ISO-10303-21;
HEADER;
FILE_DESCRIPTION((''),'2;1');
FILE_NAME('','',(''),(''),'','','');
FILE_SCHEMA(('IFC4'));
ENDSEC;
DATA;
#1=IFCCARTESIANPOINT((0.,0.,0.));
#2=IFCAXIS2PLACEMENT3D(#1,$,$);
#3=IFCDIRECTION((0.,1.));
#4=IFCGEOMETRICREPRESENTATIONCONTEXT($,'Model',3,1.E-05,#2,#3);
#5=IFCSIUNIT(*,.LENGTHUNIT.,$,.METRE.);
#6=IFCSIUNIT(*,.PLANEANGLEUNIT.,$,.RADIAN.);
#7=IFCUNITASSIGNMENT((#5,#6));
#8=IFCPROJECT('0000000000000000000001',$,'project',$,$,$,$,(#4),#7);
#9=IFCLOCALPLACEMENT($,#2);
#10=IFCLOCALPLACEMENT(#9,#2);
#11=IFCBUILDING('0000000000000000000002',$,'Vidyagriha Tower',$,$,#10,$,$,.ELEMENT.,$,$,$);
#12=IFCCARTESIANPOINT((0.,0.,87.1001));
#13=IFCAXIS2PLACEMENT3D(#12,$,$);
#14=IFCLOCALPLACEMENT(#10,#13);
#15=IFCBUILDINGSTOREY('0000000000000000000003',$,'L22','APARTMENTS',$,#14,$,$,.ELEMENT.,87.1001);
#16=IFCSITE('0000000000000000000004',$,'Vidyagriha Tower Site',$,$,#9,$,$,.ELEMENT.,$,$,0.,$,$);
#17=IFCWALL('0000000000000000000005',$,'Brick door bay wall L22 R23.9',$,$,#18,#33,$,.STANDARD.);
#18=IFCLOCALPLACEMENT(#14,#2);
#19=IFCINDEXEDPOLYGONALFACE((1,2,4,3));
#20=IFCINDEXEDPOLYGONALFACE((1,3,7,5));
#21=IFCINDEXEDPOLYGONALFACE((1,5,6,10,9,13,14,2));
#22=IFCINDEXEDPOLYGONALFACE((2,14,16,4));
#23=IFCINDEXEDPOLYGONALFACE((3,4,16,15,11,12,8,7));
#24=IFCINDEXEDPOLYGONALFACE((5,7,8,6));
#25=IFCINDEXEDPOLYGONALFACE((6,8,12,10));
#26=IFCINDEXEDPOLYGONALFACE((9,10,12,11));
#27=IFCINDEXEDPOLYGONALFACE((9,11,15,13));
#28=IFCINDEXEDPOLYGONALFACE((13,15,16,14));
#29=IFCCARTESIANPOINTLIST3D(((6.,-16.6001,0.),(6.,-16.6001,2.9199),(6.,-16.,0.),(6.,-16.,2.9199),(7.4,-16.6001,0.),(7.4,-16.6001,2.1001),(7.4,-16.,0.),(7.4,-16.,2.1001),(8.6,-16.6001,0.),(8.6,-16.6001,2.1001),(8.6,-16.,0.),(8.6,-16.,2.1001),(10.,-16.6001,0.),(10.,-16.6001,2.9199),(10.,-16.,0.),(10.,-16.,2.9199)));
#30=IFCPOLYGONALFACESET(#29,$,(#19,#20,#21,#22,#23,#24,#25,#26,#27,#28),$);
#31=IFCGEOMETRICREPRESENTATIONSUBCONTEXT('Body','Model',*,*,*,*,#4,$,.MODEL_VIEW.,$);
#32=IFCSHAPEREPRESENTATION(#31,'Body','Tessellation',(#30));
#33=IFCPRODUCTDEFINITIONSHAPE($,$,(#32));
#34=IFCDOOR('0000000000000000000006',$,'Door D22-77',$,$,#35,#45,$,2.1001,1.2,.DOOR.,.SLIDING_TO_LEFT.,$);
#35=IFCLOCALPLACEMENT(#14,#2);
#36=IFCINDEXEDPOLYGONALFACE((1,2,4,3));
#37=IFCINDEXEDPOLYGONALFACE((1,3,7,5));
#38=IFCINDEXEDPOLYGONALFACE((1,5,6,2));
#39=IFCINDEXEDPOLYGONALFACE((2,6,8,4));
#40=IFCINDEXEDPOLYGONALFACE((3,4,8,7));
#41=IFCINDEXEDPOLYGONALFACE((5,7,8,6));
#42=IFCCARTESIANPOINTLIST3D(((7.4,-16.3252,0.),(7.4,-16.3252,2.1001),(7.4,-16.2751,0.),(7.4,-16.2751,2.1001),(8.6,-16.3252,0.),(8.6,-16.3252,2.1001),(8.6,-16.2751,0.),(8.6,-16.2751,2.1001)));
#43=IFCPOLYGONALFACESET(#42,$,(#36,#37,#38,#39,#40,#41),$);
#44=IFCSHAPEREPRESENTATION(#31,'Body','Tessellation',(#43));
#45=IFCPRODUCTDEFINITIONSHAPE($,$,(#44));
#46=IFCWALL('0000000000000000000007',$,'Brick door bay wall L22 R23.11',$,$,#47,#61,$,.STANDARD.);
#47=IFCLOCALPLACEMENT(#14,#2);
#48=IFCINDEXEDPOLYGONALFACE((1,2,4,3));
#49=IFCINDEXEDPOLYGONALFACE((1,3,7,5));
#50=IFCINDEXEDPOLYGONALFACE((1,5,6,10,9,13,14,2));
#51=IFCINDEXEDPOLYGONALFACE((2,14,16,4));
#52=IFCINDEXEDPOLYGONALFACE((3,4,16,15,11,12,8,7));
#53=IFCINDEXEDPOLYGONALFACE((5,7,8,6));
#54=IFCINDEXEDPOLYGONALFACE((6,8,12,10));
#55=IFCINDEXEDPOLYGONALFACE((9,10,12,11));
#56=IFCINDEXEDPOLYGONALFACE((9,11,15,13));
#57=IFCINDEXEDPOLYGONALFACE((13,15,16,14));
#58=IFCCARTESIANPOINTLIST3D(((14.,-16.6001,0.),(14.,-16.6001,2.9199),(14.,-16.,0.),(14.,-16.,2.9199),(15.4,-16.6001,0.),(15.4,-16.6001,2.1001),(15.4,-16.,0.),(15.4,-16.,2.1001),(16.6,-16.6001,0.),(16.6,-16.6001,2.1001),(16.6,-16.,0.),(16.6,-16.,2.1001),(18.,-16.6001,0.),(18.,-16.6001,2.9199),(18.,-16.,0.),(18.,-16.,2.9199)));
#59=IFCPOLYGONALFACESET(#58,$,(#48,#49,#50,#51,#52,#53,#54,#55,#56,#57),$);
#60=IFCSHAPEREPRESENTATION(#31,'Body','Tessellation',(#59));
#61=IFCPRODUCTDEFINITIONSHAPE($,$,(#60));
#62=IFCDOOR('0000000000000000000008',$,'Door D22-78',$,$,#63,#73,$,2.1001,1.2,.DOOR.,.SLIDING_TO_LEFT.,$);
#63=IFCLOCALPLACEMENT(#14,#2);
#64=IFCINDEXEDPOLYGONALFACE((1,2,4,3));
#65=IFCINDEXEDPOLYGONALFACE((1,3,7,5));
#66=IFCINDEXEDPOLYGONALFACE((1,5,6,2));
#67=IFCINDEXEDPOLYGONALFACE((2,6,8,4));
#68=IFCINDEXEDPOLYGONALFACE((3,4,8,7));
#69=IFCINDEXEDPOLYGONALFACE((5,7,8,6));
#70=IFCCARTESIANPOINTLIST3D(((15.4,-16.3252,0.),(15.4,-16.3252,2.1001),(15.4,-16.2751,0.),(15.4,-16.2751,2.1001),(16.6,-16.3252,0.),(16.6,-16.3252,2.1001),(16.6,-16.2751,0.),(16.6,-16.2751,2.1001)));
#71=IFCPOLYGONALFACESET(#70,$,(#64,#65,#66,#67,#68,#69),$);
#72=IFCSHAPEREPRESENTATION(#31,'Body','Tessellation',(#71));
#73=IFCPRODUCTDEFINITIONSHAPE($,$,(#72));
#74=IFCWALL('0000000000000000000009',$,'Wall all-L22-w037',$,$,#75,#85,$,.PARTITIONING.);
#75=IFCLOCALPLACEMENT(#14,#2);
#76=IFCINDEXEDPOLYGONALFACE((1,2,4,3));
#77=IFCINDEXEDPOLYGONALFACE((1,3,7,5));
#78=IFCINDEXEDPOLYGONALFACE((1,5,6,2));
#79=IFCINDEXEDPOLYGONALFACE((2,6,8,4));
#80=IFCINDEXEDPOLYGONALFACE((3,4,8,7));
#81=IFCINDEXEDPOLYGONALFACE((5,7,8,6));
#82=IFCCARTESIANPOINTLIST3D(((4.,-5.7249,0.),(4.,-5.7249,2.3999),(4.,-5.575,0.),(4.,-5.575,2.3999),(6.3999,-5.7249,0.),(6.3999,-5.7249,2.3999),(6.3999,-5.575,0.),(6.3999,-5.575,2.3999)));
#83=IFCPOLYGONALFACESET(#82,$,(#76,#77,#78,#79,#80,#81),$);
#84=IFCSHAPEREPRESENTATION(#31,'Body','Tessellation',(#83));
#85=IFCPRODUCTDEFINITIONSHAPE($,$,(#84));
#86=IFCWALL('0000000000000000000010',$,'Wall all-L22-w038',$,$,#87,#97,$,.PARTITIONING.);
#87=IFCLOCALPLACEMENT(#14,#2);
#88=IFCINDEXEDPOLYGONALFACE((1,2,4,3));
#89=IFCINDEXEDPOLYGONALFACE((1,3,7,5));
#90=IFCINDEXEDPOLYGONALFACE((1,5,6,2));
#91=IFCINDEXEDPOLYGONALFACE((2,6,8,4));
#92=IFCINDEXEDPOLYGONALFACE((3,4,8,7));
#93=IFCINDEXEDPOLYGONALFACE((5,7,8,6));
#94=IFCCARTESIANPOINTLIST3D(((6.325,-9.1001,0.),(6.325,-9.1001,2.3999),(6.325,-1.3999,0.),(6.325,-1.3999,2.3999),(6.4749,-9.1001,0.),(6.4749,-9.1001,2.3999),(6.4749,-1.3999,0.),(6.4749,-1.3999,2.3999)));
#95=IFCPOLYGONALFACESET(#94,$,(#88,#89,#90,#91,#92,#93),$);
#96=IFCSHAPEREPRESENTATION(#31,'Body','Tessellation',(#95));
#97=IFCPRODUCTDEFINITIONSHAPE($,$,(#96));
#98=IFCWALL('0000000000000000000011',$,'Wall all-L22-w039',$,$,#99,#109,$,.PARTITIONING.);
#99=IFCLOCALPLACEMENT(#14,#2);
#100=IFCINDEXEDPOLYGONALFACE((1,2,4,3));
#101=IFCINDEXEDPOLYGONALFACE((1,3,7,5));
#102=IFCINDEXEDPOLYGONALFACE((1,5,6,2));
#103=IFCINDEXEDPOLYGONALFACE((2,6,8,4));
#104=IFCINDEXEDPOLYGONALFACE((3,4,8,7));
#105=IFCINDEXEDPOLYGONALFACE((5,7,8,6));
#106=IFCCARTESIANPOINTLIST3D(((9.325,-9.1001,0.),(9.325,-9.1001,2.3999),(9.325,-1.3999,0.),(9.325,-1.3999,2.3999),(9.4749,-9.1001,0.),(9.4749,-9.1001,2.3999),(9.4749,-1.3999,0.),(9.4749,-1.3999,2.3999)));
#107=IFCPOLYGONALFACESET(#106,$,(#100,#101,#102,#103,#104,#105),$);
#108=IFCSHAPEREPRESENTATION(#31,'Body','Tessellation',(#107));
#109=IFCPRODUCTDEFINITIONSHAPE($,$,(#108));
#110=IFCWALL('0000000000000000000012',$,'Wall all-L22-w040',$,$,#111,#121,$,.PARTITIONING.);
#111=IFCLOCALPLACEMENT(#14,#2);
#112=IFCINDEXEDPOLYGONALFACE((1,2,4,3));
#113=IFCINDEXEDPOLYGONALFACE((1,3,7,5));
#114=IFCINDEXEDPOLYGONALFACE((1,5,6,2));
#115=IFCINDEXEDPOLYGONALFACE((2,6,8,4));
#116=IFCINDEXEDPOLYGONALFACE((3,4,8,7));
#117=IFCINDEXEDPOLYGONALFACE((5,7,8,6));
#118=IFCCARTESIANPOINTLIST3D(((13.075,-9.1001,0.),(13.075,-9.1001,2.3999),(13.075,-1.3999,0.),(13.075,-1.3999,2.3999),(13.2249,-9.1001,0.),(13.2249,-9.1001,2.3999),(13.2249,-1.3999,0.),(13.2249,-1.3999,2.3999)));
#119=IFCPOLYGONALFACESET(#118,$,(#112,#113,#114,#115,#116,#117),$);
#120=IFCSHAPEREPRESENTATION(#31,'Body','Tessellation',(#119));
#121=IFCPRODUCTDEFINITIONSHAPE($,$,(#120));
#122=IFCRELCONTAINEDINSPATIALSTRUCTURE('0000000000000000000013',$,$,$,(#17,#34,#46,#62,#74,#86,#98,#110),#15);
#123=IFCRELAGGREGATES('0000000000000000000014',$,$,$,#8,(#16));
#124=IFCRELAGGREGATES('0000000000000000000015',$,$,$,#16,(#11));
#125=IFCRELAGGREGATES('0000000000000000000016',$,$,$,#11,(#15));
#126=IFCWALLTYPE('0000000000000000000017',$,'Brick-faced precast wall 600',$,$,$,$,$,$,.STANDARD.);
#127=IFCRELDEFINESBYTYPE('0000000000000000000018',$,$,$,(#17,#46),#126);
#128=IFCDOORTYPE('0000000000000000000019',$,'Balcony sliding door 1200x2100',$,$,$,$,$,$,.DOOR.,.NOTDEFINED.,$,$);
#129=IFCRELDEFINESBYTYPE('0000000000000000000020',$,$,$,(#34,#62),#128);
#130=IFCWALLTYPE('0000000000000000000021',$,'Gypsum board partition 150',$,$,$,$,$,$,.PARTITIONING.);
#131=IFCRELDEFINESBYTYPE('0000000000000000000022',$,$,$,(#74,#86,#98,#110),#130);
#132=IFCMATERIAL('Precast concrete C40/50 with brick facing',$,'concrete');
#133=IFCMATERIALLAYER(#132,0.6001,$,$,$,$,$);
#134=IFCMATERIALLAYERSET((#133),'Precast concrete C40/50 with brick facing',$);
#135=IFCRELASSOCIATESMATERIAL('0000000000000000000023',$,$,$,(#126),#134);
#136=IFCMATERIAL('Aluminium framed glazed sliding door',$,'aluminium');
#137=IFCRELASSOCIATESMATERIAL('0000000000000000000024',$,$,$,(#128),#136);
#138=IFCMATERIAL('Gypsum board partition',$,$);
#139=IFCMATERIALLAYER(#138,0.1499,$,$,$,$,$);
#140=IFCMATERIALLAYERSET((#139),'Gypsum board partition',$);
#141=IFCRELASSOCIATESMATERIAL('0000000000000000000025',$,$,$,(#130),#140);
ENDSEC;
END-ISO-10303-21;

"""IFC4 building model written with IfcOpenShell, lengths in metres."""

from ifc_helpers import new_model, si_unit, direction, frame, frame_2d, origin, place, context, subcontext, project, spatial, rectangle, extrude, material, layer, layer_set, type_object, element, fill, save


model = new_model("IFC4")

# Units and contexts
model_context = context("Model", 3, precision=1e-05, world=origin(), true_north=direction((0.0, 1.0)))
body_context = subcontext(model_context, "Body", "Model", "MODEL_VIEW")
ifc_project = project(units=[si_unit("LENGTHUNIT", "METRE"), si_unit("PLANEANGLEUNIT", "RADIAN")], contexts=[model_context])

# Site, building, storey
site_placement = place(None, origin())
site = spatial("IfcSite", under=ifc_project, at=site_placement, Name="Vidyagriha Tower Site", CompositionType="ELEMENT", RefElevation=0.0)
building_placement = place(site_placement, origin())
building = spatial("IfcBuilding", under=site, at=building_placement, Name="Vidyagriha Tower", CompositionType="ELEMENT")
storey_placement = place(building_placement, frame((0.0, 0.0, 87.1001)))
storey = spatial("IfcBuildingStorey", under=building, at=storey_placement, Name="L22", Description="APARTMENTS", CompositionType="ELEMENT", Elevation=87.1001)

# Walls, openings, doors
ifc_material_1 = material(Name="Precast concrete C40/50 with brick facing", Category="concrete")
ifc_layer_1 = layer(ifc_material_1, 0.6001)
ifc_layer_set_1 = layer_set([ifc_layer_1], Name="Precast concrete C40/50 with brick facing")
wall_type_1 = type_object("IfcWallType", Name="Brick-faced precast wall 600", PredefinedType="STANDARD", material=ifc_layer_set_1)
wall_1_placement = place(storey_placement, frame((6.0, -16.3, 0.0)))
wall_1 = element("IfcWall", 1, at=wall_1_placement, inside=storey, type_object=wall_type_1, Name="Brick door bay wall L22 R23.9", PredefinedType="STANDARD", context=body_context, shape_type="SweptSolid", body=[
    extrude(rectangle(XDim=4.0, YDim=0.6001, at=frame_2d((2.0, 0.0))), origin(), (0.0, 0.0, 1.0), 2.9199),
])
opening_1_placement = place(wall_1_placement, frame((1.3999, 0.0, 0.0)))
opening_1 = element("IfcOpeningElement", 2, at=opening_1_placement, cuts=wall_1, PredefinedType="OPENING", context=body_context, shape_type="SweptSolid", body=[
    extrude(rectangle(XDim=1.2, YDim=2.1001, at=frame_2d((0.6001, 1.05))), frame((0.0, 0.3101, 0.0), z_axis=(0.0, -1.0, 0.0), x_axis=(1.0, 0.0, 0.0)), (0.0, 0.0, 1.0), 0.6201),
])
ifc_material_2 = material(Name="Aluminium framed glazed sliding door", Category="aluminium")
door_type_1 = type_object("IfcDoorType", Name="Balcony sliding door 1200x2100", OperationType="NOTDEFINED", PredefinedType="DOOR", material=ifc_material_2)
door_1_placement = place(opening_1_placement, origin())
door_1 = element("IfcDoor", 3, at=door_1_placement, inside=storey, type_object=door_type_1, Name="Door D22-77", OperationType="SLIDING_TO_LEFT", OverallHeight=2.1001, OverallWidth=1.2, PredefinedType="DOOR", context=body_context, shape_type="SweptSolid", body=[
    extrude(rectangle(XDim=1.2, YDim=2.1001, at=frame_2d((0.6001, 1.05))), frame((0.0, 0.0249, 0.0), z_axis=(0.0, -1.0, 0.0), x_axis=(1.0, 0.0, 0.0)), (0.0, 0.0, 1.0), 0.05),
])
fill(opening_1, door_1)
wall_2_placement = place(storey_placement, frame((14.0, -16.3, 0.0)))
wall_2 = element("IfcWall", 4, at=wall_2_placement, inside=storey, type_object=wall_type_1, Name="Brick door bay wall L22 R23.11", PredefinedType="STANDARD", context=body_context, shape_type="SweptSolid", body=[
    extrude(rectangle(XDim=4.0, YDim=0.6001, at=frame_2d((2.0, 0.0))), origin(), (0.0, 0.0, 1.0), 2.9199),
])
opening_2_placement = place(wall_2_placement, frame((1.3999, 0.0, 0.0)))
opening_2 = element("IfcOpeningElement", 5, at=opening_2_placement, cuts=wall_2, PredefinedType="OPENING", context=body_context, shape_type="SweptSolid", body=[
    extrude(rectangle(XDim=1.2, YDim=2.1001, at=frame_2d((0.6001, 1.05))), frame((0.0, 0.3101, 0.0), z_axis=(0.0, -1.0, 0.0), x_axis=(1.0, 0.0, 0.0)), (0.0, 0.0, 1.0), 0.6201),
])
door_2_placement = place(opening_2_placement, origin())
door_2 = element("IfcDoor", 6, at=door_2_placement, inside=storey, type_object=door_type_1, Name="Door D22-78", OperationType="SLIDING_TO_LEFT", OverallHeight=2.1001, OverallWidth=1.2, PredefinedType="DOOR", context=body_context, shape_type="SweptSolid", body=[
    extrude(rectangle(XDim=1.2, YDim=2.1001, at=frame_2d((0.6001, 1.05))), frame((0.0, 0.0249, 0.0), z_axis=(0.0, -1.0, 0.0), x_axis=(1.0, 0.0, 0.0)), (0.0, 0.0, 1.0), 0.05),
])
fill(opening_2, door_2)

# Walls
ifc_material_3 = material(Name="Gypsum board partition")
ifc_layer_2 = layer(ifc_material_3, 0.1499)
ifc_layer_set_2 = layer_set([ifc_layer_2], Name="Gypsum board partition")
wall_type_2 = type_object("IfcWallType", Name="Gypsum board partition 150", PredefinedType="PARTITIONING", material=ifc_layer_set_2)
wall_3_placement = place(storey_placement, frame((6.3999, -5.6499, 0.0), z_axis=(0.0, 0.0, 1.0), x_axis=(-1.0, 0.0, 0.0)))
element("IfcWall", 7, at=wall_3_placement, inside=storey, type_object=wall_type_2, Name="Wall all-L22-w037", PredefinedType="PARTITIONING", context=body_context, shape_type="SweptSolid", body=[
    extrude(rectangle(XDim=2.3999, YDim=0.1499, at=frame_2d((1.2, 0.0))), origin(), (0.0, 0.0, 1.0), 2.3999),
])
for number, where, z_axis, x_axis, name in (
    (8, (6.3999, -1.3999, 0.0), (0.0, 0.0, 1.0), (0.0, -1.0, 0.0), "Wall all-L22-w038"),
    (9, (9.3999, -1.3999, 0.0), (0.0, 0.0, 1.0), (0.0, -1.0, 0.0), "Wall all-L22-w039"),
    (10, (13.1499, -1.3999, 0.0), (0.0, 0.0, 1.0), (0.0, -1.0, 0.0), "Wall all-L22-w040"),
):
    element("IfcWall", number, at=place(storey_placement, frame(where, z_axis=z_axis, x_axis=x_axis)), inside=storey, type_object=wall_type_2, Name=name, PredefinedType="PARTITIONING", context=body_context, shape_type="SweptSolid", body=[
        extrude(rectangle(XDim=7.7002, YDim=0.1499, at=frame_2d((3.8501, 0.0))), origin(), (0.0, 0.0, 1.0), 2.3999),
    ])

save(model, "model.ifc")
